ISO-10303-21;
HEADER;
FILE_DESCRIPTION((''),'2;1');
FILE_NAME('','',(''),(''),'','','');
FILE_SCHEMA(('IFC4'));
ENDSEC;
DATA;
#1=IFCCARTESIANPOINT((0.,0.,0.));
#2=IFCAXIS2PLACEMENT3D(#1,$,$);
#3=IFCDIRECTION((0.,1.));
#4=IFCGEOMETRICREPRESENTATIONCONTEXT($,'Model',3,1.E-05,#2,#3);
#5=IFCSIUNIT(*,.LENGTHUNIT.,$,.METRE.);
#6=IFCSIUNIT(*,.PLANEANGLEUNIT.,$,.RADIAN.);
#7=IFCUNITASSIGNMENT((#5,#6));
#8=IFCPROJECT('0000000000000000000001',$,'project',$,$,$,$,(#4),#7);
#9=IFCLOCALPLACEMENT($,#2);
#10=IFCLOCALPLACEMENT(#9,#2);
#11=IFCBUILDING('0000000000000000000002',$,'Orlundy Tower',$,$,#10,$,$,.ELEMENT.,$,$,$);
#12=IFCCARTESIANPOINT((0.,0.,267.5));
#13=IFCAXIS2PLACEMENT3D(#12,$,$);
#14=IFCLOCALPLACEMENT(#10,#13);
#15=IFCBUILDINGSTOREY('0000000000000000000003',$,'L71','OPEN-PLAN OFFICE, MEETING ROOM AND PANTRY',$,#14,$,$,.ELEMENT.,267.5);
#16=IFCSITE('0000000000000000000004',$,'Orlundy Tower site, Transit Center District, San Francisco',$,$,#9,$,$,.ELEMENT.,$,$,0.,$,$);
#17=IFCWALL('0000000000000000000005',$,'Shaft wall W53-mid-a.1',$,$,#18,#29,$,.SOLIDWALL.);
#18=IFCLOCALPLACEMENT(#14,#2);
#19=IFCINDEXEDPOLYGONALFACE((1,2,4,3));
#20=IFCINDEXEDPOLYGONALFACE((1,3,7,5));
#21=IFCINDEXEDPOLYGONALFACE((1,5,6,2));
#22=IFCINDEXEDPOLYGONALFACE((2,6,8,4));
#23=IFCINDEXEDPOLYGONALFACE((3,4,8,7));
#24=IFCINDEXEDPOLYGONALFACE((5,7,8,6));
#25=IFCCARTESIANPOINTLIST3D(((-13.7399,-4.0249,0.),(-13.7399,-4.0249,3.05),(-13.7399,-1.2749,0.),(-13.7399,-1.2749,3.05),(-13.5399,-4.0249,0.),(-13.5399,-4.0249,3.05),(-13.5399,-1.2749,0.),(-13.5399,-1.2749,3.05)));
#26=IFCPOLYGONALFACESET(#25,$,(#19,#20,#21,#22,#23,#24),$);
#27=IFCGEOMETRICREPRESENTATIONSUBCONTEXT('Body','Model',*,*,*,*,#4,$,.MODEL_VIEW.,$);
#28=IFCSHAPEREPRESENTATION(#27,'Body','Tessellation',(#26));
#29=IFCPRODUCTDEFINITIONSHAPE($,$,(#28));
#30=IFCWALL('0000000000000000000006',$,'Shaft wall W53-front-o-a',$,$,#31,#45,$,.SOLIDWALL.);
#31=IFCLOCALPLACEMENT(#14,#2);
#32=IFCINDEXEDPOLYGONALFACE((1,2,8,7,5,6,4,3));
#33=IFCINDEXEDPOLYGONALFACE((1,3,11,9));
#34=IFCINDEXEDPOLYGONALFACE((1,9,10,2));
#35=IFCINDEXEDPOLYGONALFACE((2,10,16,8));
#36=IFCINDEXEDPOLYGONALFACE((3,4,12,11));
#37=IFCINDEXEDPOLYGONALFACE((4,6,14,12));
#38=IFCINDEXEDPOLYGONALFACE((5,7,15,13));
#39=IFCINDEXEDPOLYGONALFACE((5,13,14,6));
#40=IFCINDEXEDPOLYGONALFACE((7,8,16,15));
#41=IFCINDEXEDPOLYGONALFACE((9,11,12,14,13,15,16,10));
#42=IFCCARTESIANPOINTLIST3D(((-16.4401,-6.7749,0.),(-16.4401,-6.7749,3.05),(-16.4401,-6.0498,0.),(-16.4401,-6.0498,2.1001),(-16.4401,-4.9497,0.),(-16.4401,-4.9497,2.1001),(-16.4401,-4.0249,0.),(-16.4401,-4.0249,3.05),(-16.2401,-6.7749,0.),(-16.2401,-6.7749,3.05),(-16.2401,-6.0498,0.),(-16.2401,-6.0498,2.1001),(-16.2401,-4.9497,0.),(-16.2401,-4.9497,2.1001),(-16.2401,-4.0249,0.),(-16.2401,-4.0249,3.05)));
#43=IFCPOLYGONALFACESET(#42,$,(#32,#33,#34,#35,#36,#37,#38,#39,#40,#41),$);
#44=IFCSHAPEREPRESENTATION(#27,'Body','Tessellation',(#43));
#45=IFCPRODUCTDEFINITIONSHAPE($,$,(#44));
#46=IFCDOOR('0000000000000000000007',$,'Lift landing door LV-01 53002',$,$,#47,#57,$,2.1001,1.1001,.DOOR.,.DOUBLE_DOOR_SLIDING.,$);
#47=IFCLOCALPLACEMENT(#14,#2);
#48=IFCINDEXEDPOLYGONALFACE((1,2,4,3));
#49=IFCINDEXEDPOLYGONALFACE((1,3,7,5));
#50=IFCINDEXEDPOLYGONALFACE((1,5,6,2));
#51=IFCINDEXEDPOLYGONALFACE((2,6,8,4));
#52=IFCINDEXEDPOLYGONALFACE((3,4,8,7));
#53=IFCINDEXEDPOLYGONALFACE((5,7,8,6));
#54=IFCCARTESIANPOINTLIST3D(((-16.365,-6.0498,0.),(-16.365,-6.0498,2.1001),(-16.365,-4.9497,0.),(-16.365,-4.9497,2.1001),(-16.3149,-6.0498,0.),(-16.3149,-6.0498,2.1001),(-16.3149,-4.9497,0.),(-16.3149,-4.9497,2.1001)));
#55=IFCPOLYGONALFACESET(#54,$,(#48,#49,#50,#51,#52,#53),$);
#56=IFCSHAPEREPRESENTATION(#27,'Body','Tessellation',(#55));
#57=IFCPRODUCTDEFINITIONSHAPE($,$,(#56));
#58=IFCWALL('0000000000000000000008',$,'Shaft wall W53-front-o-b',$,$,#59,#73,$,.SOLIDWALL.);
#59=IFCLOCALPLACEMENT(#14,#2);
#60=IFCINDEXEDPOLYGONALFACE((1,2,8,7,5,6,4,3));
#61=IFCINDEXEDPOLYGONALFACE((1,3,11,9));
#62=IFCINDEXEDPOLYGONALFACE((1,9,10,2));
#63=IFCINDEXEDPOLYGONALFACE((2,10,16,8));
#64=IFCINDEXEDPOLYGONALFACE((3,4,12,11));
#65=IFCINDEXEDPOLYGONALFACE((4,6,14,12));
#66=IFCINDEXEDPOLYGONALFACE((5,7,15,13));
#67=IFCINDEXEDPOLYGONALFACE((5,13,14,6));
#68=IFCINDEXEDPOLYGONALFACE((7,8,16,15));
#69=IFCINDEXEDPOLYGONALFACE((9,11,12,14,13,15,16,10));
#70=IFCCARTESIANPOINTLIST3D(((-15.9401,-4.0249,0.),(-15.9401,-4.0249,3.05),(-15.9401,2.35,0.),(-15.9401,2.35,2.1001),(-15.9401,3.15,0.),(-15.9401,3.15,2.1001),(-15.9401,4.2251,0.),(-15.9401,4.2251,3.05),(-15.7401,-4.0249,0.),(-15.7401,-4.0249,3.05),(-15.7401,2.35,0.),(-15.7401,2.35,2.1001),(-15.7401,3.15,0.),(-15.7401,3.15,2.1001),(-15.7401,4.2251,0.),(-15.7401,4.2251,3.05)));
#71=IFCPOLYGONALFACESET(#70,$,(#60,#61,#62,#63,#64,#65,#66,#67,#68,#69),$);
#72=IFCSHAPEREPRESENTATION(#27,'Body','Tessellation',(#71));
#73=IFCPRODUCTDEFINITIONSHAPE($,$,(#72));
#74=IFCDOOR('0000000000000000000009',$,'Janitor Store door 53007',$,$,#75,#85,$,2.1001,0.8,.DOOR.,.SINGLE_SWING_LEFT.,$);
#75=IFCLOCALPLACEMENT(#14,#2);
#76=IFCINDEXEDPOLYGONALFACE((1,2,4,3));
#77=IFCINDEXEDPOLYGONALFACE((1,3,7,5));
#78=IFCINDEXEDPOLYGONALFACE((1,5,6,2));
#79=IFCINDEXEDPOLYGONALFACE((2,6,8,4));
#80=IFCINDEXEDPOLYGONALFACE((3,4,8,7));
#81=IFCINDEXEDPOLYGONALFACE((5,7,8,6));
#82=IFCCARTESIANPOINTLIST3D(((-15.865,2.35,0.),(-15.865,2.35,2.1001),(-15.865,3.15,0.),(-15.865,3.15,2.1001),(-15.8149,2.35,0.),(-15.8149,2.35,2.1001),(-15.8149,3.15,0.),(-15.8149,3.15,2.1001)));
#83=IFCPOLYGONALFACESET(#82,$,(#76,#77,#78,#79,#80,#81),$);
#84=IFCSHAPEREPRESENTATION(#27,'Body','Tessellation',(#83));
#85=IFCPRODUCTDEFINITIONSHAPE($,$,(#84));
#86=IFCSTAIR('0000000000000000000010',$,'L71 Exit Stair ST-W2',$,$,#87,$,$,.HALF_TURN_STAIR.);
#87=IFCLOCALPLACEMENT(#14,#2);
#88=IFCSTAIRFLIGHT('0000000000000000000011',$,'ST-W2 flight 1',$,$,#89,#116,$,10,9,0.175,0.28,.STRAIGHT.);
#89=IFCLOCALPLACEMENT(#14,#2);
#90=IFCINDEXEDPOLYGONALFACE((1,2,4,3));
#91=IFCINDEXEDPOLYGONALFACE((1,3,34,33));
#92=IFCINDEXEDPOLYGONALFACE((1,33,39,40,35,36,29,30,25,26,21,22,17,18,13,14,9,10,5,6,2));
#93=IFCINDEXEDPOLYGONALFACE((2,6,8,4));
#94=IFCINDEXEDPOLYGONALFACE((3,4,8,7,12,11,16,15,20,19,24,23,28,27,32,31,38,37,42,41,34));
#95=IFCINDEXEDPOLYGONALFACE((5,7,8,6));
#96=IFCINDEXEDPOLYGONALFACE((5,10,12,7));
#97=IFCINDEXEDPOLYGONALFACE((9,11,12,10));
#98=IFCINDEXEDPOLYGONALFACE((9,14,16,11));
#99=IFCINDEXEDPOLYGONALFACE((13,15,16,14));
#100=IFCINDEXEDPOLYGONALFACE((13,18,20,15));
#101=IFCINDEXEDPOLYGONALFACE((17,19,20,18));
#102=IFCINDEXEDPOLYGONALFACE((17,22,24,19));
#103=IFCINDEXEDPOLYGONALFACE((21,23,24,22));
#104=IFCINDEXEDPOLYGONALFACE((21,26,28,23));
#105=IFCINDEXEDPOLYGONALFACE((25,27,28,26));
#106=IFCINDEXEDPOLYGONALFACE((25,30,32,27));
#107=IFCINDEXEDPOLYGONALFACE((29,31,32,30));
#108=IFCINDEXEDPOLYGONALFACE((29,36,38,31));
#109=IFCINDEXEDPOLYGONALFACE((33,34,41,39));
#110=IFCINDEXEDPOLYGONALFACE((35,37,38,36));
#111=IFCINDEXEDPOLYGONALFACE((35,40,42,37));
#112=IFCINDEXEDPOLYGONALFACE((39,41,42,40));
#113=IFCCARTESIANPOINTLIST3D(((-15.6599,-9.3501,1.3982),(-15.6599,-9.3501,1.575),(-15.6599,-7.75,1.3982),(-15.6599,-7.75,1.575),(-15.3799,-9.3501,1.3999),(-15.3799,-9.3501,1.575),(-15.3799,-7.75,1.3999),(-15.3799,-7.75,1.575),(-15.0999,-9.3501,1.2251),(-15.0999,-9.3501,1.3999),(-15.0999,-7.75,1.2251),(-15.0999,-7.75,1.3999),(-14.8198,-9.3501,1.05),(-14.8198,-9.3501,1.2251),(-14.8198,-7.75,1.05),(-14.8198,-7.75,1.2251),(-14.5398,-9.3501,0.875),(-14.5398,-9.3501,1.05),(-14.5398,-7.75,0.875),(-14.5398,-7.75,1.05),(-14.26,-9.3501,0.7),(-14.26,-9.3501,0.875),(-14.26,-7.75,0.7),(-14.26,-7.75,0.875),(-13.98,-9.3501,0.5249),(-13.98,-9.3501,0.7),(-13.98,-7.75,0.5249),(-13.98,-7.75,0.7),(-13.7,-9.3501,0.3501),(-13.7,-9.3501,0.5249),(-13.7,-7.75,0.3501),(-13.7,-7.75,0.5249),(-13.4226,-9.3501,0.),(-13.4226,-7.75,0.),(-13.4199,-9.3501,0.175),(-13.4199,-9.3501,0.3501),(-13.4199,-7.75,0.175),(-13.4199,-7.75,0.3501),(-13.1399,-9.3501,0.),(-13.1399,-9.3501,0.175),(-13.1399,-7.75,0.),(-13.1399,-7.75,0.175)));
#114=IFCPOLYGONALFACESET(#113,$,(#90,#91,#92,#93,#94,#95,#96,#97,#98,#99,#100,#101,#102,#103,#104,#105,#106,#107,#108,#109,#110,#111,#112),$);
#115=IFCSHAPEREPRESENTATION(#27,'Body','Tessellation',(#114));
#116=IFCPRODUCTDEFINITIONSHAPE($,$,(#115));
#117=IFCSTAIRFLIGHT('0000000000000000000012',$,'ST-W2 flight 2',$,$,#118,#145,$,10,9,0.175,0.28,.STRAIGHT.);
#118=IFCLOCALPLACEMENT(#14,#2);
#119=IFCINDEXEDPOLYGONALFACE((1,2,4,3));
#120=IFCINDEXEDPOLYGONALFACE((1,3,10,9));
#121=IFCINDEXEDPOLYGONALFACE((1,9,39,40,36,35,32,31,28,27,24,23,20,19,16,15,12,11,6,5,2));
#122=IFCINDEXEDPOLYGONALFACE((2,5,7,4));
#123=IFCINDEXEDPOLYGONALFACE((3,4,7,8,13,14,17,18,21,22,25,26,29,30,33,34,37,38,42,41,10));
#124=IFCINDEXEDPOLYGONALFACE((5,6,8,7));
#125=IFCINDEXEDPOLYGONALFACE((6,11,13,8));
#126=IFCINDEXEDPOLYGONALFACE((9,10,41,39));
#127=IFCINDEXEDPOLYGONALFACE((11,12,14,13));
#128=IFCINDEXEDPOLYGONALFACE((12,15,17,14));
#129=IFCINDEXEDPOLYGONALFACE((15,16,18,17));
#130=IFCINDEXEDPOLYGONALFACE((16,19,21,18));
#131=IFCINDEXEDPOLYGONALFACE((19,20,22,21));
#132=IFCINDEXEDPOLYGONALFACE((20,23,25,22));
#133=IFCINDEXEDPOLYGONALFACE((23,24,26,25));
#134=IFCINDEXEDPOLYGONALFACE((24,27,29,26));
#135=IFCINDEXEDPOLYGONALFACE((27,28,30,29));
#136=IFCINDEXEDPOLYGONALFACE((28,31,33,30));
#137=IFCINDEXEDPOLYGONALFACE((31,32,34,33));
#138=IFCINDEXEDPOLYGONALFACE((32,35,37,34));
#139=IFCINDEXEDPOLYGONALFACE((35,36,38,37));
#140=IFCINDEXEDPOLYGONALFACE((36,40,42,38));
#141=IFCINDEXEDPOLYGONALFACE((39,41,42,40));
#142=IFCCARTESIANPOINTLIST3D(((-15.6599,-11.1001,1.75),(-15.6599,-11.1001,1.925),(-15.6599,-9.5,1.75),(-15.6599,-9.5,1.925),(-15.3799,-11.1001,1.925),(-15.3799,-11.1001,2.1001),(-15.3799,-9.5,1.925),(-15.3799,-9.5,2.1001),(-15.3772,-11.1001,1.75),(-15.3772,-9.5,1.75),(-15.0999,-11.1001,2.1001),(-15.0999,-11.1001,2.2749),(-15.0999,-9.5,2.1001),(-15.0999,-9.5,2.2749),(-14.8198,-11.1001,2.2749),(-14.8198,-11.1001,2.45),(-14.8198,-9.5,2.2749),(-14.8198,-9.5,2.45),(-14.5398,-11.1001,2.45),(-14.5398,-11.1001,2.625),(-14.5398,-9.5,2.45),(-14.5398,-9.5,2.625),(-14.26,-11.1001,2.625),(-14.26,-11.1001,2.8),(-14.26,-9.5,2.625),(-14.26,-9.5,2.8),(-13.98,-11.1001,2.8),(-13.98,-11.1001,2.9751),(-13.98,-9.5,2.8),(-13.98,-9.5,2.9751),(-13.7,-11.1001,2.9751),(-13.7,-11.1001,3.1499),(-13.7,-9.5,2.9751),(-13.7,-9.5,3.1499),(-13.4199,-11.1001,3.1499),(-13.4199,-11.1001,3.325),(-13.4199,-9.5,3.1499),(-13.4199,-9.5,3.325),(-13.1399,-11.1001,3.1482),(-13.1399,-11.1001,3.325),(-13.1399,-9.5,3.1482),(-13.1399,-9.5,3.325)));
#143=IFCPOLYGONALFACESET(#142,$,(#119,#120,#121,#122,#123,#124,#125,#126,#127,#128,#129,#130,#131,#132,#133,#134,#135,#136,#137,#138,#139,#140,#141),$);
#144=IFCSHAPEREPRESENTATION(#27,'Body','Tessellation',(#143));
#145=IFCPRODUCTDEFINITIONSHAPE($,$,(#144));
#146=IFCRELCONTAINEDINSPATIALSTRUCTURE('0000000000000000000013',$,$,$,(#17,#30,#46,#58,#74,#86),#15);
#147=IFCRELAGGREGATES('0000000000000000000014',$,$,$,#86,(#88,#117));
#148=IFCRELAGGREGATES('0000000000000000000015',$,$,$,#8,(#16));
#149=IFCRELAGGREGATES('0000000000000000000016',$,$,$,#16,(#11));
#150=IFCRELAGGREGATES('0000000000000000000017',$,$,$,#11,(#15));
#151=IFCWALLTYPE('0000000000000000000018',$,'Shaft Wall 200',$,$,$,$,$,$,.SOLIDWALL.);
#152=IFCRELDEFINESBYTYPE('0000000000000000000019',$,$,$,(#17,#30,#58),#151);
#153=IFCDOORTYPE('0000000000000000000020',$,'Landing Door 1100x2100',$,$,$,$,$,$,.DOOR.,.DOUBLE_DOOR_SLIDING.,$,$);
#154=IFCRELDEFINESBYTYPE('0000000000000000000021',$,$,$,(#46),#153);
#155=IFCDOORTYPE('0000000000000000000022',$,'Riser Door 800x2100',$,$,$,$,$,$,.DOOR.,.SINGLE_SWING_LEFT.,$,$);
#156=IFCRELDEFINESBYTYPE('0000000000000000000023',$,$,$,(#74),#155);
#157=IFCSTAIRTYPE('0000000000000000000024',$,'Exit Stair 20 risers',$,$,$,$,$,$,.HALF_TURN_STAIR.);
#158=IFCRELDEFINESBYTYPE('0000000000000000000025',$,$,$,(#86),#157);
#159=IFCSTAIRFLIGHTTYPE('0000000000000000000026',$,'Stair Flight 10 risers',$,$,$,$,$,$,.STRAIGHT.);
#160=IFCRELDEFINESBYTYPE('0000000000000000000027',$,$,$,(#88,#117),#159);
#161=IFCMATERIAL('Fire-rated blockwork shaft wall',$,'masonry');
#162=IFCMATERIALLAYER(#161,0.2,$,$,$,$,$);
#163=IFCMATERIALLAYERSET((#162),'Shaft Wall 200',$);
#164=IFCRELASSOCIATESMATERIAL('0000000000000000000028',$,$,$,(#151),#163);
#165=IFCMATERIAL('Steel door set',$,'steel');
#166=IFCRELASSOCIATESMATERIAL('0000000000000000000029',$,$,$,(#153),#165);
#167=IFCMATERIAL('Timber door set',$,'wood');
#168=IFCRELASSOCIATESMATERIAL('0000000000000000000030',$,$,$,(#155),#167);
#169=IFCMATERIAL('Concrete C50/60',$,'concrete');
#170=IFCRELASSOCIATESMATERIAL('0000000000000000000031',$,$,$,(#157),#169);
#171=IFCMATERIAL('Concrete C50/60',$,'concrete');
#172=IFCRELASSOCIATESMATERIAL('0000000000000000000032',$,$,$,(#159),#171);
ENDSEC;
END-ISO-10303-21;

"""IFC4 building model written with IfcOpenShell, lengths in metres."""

from ifc_helpers import new_model, si_unit, direction, frame, frame_2d, origin, place, context, subcontext, project, spatial, polyline, rectangle, outline, extrude, material, layer, layer_set, type_object, element, fill, aggregate, save


model = new_model("IFC4")

# Units and contexts
model_context = context("Model", 3, precision=1e-05, world=origin(), true_north=direction((0.0, 1.0)))
body_context = subcontext(model_context, "Body", "Model", "MODEL_VIEW")
ifc_project = project(units=[si_unit("LENGTHUNIT", "METRE"), si_unit("PLANEANGLEUNIT", "RADIAN")], contexts=[model_context])

# Site, building, storey
site_placement = place(None, origin())
site = spatial("IfcSite", under=ifc_project, at=site_placement, Name="Orlundy Tower site, Transit Center District, San Francisco", CompositionType="ELEMENT", RefElevation=0.0)
building_placement = place(site_placement, origin())
building = spatial("IfcBuilding", under=site, at=building_placement, Name="Orlundy Tower", CompositionType="ELEMENT")
storey_placement = place(building_placement, frame((0.0, 0.0, 267.5)))
storey = spatial("IfcBuildingStorey", under=building, at=storey_placement, Name="L71", Description="OPEN-PLAN OFFICE, MEETING ROOM AND PANTRY", CompositionType="ELEMENT", Elevation=267.5)

# Wall
ifc_material_1 = material(Name="Fire-rated blockwork shaft wall", Category="masonry")
ifc_layer_1 = layer(ifc_material_1, 0.2)
ifc_layer_set_1 = layer_set([ifc_layer_1], Name="Shaft Wall 200")
wall_type_1 = type_object("IfcWallType", Name="Shaft Wall 200", PredefinedType="SOLIDWALL", material=ifc_layer_set_1)
wall_1_placement = place(storey_placement, frame((-13.6399, -4.0249, 0.0), z_axis=(0.0, 0.0, 1.0), x_axis=(0.0, 1.0, 0.0)))
element("IfcWall", 1, at=wall_1_placement, inside=storey, type_object=wall_type_1, Name="Shaft wall W53-mid-a.1", PredefinedType="SOLIDWALL", context=body_context, shape_type="SweptSolid", body=[
    extrude(rectangle(XDim=2.75, YDim=0.2, at=frame_2d((1.375, 0.0))), origin(), (0.0, 0.0, 1.0), 3.05),
])

# Walls, openings, doors
wall_2_placement = place(storey_placement, frame((-16.3401, -6.7749, 0.0), z_axis=(0.0, 0.0, 1.0), x_axis=(0.0, 1.0, 0.0)))
wall_2 = element("IfcWall", 2, at=wall_2_placement, inside=storey, type_object=wall_type_1, Name="Shaft wall W53-front-o-a", PredefinedType="SOLIDWALL", context=body_context, shape_type="SweptSolid", body=[
    extrude(rectangle(XDim=2.75, YDim=0.2, at=frame_2d((1.375, 0.0))), origin(), (0.0, 0.0, 1.0), 3.05),
])
opening_1_placement = place(wall_2_placement, frame((0.7251, 0.0, 0.0)))
opening_1 = element("IfcOpeningElement", 3, at=opening_1_placement, cuts=wall_2, PredefinedType="OPENING", context=body_context, shape_type="SweptSolid", body=[
    extrude(rectangle(XDim=1.1001, YDim=2.1001, at=frame_2d((0.55, 1.05))), frame((0.0, 0.1101, 0.0), z_axis=(0.0, -1.0, 0.0), x_axis=(1.0, 0.0, 0.0)), (0.0, 0.0, 1.0), 0.2202),
])
ifc_material_2 = material(Name="Steel door set", Category="steel")
door_type_1 = type_object("IfcDoorType", Name="Landing Door 1100x2100", OperationType="DOUBLE_DOOR_SLIDING", PredefinedType="DOOR", material=ifc_material_2)
door_1_placement = place(opening_1_placement, origin())
door_1 = element("IfcDoor", 4, at=door_1_placement, inside=storey, type_object=door_type_1, Name="Lift landing door LV-01 53002", OperationType="DOUBLE_DOOR_SLIDING", OverallHeight=2.1001, OverallWidth=1.1001, PredefinedType="DOOR", context=body_context, shape_type="SweptSolid", body=[
    extrude(rectangle(XDim=1.1001, YDim=2.1001, at=frame_2d((0.55, 1.05))), frame((0.0, 0.0249, 0.0), z_axis=(0.0, -1.0, 0.0), x_axis=(1.0, 0.0, 0.0)), (0.0, 0.0, 1.0), 0.05),
])
fill(opening_1, door_1)
wall_3_placement = place(storey_placement, frame((-15.8401, -4.0249, 0.0), z_axis=(0.0, 0.0, 1.0), x_axis=(0.0, 1.0, 0.0)))
wall_3 = element("IfcWall", 5, at=wall_3_placement, inside=storey, type_object=wall_type_1, Name="Shaft wall W53-front-o-b", PredefinedType="SOLIDWALL", context=body_context, shape_type="SweptSolid", body=[
    extrude(rectangle(XDim=8.25, YDim=0.2, at=frame_2d((4.125, 0.0))), origin(), (0.0, 0.0, 1.0), 3.05),
])
opening_2_placement = place(wall_3_placement, frame((6.375, 0.0, 0.0)))
opening_2 = element("IfcOpeningElement", 6, at=opening_2_placement, cuts=wall_3, PredefinedType="OPENING", context=body_context, shape_type="SweptSolid", body=[
    extrude(rectangle(XDim=0.8, YDim=2.1001, at=frame_2d((0.3999, 1.05))), frame((0.0, 0.1101, 0.0), z_axis=(0.0, -1.0, 0.0), x_axis=(1.0, 0.0, 0.0)), (0.0, 0.0, 1.0), 0.2202),
])
ifc_material_3 = material(Name="Timber door set", Category="wood")
door_type_2 = type_object("IfcDoorType", Name="Riser Door 800x2100", OperationType="SINGLE_SWING_LEFT", PredefinedType="DOOR", material=ifc_material_3)
door_2_placement = place(opening_2_placement, origin())
door_2 = element("IfcDoor", 7, at=door_2_placement, inside=storey, type_object=door_type_2, Name="Janitor Store door 53007", OperationType="SINGLE_SWING_LEFT", OverallHeight=2.1001, OverallWidth=0.8, PredefinedType="DOOR", context=body_context, shape_type="SweptSolid", body=[
    extrude(rectangle(XDim=0.8, YDim=2.1001, at=frame_2d((0.3999, 1.05))), frame((0.0, 0.0249, 0.0), z_axis=(0.0, -1.0, 0.0), x_axis=(1.0, 0.0, 0.0)), (0.0, 0.0, 1.0), 0.05),
])
fill(opening_2, door_2)

# Stair, stair flights
ifc_material_4 = material(Name="Concrete C50/60", Category="concrete")
stair_type = type_object("IfcStairType", Name="Exit Stair 20 risers", PredefinedType="HALF_TURN_STAIR", material=ifc_material_4)
stair_placement = place(storey_placement, origin())
stair = element("IfcStair", 8, at=stair_placement, inside=storey, type_object=stair_type, Name="L71 Exit Stair ST-W2", PredefinedType="HALF_TURN_STAIR")
ifc_material_5 = material(Name="Concrete C50/60", Category="concrete")
stair_flight_type = type_object("IfcStairFlightType", Name="Stair Flight 10 risers", PredefinedType="STRAIGHT", material=ifc_material_5)
stair_flight_1_placement = place(storey_placement, frame((-13.1399, -8.55, 0.0), z_axis=(0.0, 0.0, 1.0), x_axis=(-1.0, 0.0, 0.0)))
stair_flight_1 = element("IfcStairFlight", 9, at=stair_flight_1_placement, type_object=stair_flight_type, Name="ST-W2 flight 1", NumberOfRisers=10, NumberOfTreads=9, PredefinedType="STRAIGHT", RiserHeight=0.175, TreadLength=0.28, context=body_context, shape_type="SweptSolid", body=[
    extrude(outline(polyline([(0.0, 0.0), (0.0, 0.175), (0.28, 0.175), (0.28, 0.3501), (0.5601, 0.3501), (0.5601, 0.5249), (0.8401, 0.5249), (0.8401, 0.7), (1.1201, 0.7), (1.1201, 0.875), (1.3999, 0.875), (1.3999, 1.05), (1.6799, 1.05), (1.6799, 1.2251), (1.96, 1.2251), (1.96, 1.3999), (2.24, 1.3999), (2.24, 1.575), (2.52, 1.575), (2.52, 1.75), (2.52, 1.3982), (0.2827, 0.0), (0.0, 0.0)])), frame((0.0, 0.8, 0.0), z_axis=(0.0, -1.0, 0.0), x_axis=(1.0, 0.0, 0.0)), (0.0, 0.0, 1.0), 1.6001),
])
stair_flight_2_placement = place(storey_placement, frame((-15.6599, -10.3, 1.75), z_axis=(0.0, 0.0, 1.0), x_axis=(1.0, 0.0, 0.0)))
stair_flight_2 = element("IfcStairFlight", 10, at=stair_flight_2_placement, type_object=stair_flight_type, Name="ST-W2 flight 2", NumberOfRisers=10, NumberOfTreads=9, PredefinedType="STRAIGHT", RiserHeight=0.175, TreadLength=0.28, context=body_context, shape_type="SweptSolid", body=[
    extrude(outline(polyline([(0.0, 0.0), (0.0, 0.175), (0.28, 0.175), (0.28, 0.3501), (0.5601, 0.3501), (0.5601, 0.5249), (0.8401, 0.5249), (0.8401, 0.7), (1.1201, 0.7), (1.1201, 0.875), (1.3999, 0.875), (1.3999, 1.05), (1.6799, 1.05), (1.6799, 1.2251), (1.96, 1.2251), (1.96, 1.3999), (2.24, 1.3999), (2.24, 1.575), (2.52, 1.575), (2.52, 1.75), (2.52, 1.3982), (0.2827, 0.0), (0.0, 0.0)])), frame((0.0, 0.8, 0.0), z_axis=(0.0, -1.0, 0.0), x_axis=(1.0, 0.0, 0.0)), (0.0, 0.0, 1.0), 1.6001),
])
aggregate(stair, [stair_flight_1, stair_flight_2])

save(model, "model.ifc")
